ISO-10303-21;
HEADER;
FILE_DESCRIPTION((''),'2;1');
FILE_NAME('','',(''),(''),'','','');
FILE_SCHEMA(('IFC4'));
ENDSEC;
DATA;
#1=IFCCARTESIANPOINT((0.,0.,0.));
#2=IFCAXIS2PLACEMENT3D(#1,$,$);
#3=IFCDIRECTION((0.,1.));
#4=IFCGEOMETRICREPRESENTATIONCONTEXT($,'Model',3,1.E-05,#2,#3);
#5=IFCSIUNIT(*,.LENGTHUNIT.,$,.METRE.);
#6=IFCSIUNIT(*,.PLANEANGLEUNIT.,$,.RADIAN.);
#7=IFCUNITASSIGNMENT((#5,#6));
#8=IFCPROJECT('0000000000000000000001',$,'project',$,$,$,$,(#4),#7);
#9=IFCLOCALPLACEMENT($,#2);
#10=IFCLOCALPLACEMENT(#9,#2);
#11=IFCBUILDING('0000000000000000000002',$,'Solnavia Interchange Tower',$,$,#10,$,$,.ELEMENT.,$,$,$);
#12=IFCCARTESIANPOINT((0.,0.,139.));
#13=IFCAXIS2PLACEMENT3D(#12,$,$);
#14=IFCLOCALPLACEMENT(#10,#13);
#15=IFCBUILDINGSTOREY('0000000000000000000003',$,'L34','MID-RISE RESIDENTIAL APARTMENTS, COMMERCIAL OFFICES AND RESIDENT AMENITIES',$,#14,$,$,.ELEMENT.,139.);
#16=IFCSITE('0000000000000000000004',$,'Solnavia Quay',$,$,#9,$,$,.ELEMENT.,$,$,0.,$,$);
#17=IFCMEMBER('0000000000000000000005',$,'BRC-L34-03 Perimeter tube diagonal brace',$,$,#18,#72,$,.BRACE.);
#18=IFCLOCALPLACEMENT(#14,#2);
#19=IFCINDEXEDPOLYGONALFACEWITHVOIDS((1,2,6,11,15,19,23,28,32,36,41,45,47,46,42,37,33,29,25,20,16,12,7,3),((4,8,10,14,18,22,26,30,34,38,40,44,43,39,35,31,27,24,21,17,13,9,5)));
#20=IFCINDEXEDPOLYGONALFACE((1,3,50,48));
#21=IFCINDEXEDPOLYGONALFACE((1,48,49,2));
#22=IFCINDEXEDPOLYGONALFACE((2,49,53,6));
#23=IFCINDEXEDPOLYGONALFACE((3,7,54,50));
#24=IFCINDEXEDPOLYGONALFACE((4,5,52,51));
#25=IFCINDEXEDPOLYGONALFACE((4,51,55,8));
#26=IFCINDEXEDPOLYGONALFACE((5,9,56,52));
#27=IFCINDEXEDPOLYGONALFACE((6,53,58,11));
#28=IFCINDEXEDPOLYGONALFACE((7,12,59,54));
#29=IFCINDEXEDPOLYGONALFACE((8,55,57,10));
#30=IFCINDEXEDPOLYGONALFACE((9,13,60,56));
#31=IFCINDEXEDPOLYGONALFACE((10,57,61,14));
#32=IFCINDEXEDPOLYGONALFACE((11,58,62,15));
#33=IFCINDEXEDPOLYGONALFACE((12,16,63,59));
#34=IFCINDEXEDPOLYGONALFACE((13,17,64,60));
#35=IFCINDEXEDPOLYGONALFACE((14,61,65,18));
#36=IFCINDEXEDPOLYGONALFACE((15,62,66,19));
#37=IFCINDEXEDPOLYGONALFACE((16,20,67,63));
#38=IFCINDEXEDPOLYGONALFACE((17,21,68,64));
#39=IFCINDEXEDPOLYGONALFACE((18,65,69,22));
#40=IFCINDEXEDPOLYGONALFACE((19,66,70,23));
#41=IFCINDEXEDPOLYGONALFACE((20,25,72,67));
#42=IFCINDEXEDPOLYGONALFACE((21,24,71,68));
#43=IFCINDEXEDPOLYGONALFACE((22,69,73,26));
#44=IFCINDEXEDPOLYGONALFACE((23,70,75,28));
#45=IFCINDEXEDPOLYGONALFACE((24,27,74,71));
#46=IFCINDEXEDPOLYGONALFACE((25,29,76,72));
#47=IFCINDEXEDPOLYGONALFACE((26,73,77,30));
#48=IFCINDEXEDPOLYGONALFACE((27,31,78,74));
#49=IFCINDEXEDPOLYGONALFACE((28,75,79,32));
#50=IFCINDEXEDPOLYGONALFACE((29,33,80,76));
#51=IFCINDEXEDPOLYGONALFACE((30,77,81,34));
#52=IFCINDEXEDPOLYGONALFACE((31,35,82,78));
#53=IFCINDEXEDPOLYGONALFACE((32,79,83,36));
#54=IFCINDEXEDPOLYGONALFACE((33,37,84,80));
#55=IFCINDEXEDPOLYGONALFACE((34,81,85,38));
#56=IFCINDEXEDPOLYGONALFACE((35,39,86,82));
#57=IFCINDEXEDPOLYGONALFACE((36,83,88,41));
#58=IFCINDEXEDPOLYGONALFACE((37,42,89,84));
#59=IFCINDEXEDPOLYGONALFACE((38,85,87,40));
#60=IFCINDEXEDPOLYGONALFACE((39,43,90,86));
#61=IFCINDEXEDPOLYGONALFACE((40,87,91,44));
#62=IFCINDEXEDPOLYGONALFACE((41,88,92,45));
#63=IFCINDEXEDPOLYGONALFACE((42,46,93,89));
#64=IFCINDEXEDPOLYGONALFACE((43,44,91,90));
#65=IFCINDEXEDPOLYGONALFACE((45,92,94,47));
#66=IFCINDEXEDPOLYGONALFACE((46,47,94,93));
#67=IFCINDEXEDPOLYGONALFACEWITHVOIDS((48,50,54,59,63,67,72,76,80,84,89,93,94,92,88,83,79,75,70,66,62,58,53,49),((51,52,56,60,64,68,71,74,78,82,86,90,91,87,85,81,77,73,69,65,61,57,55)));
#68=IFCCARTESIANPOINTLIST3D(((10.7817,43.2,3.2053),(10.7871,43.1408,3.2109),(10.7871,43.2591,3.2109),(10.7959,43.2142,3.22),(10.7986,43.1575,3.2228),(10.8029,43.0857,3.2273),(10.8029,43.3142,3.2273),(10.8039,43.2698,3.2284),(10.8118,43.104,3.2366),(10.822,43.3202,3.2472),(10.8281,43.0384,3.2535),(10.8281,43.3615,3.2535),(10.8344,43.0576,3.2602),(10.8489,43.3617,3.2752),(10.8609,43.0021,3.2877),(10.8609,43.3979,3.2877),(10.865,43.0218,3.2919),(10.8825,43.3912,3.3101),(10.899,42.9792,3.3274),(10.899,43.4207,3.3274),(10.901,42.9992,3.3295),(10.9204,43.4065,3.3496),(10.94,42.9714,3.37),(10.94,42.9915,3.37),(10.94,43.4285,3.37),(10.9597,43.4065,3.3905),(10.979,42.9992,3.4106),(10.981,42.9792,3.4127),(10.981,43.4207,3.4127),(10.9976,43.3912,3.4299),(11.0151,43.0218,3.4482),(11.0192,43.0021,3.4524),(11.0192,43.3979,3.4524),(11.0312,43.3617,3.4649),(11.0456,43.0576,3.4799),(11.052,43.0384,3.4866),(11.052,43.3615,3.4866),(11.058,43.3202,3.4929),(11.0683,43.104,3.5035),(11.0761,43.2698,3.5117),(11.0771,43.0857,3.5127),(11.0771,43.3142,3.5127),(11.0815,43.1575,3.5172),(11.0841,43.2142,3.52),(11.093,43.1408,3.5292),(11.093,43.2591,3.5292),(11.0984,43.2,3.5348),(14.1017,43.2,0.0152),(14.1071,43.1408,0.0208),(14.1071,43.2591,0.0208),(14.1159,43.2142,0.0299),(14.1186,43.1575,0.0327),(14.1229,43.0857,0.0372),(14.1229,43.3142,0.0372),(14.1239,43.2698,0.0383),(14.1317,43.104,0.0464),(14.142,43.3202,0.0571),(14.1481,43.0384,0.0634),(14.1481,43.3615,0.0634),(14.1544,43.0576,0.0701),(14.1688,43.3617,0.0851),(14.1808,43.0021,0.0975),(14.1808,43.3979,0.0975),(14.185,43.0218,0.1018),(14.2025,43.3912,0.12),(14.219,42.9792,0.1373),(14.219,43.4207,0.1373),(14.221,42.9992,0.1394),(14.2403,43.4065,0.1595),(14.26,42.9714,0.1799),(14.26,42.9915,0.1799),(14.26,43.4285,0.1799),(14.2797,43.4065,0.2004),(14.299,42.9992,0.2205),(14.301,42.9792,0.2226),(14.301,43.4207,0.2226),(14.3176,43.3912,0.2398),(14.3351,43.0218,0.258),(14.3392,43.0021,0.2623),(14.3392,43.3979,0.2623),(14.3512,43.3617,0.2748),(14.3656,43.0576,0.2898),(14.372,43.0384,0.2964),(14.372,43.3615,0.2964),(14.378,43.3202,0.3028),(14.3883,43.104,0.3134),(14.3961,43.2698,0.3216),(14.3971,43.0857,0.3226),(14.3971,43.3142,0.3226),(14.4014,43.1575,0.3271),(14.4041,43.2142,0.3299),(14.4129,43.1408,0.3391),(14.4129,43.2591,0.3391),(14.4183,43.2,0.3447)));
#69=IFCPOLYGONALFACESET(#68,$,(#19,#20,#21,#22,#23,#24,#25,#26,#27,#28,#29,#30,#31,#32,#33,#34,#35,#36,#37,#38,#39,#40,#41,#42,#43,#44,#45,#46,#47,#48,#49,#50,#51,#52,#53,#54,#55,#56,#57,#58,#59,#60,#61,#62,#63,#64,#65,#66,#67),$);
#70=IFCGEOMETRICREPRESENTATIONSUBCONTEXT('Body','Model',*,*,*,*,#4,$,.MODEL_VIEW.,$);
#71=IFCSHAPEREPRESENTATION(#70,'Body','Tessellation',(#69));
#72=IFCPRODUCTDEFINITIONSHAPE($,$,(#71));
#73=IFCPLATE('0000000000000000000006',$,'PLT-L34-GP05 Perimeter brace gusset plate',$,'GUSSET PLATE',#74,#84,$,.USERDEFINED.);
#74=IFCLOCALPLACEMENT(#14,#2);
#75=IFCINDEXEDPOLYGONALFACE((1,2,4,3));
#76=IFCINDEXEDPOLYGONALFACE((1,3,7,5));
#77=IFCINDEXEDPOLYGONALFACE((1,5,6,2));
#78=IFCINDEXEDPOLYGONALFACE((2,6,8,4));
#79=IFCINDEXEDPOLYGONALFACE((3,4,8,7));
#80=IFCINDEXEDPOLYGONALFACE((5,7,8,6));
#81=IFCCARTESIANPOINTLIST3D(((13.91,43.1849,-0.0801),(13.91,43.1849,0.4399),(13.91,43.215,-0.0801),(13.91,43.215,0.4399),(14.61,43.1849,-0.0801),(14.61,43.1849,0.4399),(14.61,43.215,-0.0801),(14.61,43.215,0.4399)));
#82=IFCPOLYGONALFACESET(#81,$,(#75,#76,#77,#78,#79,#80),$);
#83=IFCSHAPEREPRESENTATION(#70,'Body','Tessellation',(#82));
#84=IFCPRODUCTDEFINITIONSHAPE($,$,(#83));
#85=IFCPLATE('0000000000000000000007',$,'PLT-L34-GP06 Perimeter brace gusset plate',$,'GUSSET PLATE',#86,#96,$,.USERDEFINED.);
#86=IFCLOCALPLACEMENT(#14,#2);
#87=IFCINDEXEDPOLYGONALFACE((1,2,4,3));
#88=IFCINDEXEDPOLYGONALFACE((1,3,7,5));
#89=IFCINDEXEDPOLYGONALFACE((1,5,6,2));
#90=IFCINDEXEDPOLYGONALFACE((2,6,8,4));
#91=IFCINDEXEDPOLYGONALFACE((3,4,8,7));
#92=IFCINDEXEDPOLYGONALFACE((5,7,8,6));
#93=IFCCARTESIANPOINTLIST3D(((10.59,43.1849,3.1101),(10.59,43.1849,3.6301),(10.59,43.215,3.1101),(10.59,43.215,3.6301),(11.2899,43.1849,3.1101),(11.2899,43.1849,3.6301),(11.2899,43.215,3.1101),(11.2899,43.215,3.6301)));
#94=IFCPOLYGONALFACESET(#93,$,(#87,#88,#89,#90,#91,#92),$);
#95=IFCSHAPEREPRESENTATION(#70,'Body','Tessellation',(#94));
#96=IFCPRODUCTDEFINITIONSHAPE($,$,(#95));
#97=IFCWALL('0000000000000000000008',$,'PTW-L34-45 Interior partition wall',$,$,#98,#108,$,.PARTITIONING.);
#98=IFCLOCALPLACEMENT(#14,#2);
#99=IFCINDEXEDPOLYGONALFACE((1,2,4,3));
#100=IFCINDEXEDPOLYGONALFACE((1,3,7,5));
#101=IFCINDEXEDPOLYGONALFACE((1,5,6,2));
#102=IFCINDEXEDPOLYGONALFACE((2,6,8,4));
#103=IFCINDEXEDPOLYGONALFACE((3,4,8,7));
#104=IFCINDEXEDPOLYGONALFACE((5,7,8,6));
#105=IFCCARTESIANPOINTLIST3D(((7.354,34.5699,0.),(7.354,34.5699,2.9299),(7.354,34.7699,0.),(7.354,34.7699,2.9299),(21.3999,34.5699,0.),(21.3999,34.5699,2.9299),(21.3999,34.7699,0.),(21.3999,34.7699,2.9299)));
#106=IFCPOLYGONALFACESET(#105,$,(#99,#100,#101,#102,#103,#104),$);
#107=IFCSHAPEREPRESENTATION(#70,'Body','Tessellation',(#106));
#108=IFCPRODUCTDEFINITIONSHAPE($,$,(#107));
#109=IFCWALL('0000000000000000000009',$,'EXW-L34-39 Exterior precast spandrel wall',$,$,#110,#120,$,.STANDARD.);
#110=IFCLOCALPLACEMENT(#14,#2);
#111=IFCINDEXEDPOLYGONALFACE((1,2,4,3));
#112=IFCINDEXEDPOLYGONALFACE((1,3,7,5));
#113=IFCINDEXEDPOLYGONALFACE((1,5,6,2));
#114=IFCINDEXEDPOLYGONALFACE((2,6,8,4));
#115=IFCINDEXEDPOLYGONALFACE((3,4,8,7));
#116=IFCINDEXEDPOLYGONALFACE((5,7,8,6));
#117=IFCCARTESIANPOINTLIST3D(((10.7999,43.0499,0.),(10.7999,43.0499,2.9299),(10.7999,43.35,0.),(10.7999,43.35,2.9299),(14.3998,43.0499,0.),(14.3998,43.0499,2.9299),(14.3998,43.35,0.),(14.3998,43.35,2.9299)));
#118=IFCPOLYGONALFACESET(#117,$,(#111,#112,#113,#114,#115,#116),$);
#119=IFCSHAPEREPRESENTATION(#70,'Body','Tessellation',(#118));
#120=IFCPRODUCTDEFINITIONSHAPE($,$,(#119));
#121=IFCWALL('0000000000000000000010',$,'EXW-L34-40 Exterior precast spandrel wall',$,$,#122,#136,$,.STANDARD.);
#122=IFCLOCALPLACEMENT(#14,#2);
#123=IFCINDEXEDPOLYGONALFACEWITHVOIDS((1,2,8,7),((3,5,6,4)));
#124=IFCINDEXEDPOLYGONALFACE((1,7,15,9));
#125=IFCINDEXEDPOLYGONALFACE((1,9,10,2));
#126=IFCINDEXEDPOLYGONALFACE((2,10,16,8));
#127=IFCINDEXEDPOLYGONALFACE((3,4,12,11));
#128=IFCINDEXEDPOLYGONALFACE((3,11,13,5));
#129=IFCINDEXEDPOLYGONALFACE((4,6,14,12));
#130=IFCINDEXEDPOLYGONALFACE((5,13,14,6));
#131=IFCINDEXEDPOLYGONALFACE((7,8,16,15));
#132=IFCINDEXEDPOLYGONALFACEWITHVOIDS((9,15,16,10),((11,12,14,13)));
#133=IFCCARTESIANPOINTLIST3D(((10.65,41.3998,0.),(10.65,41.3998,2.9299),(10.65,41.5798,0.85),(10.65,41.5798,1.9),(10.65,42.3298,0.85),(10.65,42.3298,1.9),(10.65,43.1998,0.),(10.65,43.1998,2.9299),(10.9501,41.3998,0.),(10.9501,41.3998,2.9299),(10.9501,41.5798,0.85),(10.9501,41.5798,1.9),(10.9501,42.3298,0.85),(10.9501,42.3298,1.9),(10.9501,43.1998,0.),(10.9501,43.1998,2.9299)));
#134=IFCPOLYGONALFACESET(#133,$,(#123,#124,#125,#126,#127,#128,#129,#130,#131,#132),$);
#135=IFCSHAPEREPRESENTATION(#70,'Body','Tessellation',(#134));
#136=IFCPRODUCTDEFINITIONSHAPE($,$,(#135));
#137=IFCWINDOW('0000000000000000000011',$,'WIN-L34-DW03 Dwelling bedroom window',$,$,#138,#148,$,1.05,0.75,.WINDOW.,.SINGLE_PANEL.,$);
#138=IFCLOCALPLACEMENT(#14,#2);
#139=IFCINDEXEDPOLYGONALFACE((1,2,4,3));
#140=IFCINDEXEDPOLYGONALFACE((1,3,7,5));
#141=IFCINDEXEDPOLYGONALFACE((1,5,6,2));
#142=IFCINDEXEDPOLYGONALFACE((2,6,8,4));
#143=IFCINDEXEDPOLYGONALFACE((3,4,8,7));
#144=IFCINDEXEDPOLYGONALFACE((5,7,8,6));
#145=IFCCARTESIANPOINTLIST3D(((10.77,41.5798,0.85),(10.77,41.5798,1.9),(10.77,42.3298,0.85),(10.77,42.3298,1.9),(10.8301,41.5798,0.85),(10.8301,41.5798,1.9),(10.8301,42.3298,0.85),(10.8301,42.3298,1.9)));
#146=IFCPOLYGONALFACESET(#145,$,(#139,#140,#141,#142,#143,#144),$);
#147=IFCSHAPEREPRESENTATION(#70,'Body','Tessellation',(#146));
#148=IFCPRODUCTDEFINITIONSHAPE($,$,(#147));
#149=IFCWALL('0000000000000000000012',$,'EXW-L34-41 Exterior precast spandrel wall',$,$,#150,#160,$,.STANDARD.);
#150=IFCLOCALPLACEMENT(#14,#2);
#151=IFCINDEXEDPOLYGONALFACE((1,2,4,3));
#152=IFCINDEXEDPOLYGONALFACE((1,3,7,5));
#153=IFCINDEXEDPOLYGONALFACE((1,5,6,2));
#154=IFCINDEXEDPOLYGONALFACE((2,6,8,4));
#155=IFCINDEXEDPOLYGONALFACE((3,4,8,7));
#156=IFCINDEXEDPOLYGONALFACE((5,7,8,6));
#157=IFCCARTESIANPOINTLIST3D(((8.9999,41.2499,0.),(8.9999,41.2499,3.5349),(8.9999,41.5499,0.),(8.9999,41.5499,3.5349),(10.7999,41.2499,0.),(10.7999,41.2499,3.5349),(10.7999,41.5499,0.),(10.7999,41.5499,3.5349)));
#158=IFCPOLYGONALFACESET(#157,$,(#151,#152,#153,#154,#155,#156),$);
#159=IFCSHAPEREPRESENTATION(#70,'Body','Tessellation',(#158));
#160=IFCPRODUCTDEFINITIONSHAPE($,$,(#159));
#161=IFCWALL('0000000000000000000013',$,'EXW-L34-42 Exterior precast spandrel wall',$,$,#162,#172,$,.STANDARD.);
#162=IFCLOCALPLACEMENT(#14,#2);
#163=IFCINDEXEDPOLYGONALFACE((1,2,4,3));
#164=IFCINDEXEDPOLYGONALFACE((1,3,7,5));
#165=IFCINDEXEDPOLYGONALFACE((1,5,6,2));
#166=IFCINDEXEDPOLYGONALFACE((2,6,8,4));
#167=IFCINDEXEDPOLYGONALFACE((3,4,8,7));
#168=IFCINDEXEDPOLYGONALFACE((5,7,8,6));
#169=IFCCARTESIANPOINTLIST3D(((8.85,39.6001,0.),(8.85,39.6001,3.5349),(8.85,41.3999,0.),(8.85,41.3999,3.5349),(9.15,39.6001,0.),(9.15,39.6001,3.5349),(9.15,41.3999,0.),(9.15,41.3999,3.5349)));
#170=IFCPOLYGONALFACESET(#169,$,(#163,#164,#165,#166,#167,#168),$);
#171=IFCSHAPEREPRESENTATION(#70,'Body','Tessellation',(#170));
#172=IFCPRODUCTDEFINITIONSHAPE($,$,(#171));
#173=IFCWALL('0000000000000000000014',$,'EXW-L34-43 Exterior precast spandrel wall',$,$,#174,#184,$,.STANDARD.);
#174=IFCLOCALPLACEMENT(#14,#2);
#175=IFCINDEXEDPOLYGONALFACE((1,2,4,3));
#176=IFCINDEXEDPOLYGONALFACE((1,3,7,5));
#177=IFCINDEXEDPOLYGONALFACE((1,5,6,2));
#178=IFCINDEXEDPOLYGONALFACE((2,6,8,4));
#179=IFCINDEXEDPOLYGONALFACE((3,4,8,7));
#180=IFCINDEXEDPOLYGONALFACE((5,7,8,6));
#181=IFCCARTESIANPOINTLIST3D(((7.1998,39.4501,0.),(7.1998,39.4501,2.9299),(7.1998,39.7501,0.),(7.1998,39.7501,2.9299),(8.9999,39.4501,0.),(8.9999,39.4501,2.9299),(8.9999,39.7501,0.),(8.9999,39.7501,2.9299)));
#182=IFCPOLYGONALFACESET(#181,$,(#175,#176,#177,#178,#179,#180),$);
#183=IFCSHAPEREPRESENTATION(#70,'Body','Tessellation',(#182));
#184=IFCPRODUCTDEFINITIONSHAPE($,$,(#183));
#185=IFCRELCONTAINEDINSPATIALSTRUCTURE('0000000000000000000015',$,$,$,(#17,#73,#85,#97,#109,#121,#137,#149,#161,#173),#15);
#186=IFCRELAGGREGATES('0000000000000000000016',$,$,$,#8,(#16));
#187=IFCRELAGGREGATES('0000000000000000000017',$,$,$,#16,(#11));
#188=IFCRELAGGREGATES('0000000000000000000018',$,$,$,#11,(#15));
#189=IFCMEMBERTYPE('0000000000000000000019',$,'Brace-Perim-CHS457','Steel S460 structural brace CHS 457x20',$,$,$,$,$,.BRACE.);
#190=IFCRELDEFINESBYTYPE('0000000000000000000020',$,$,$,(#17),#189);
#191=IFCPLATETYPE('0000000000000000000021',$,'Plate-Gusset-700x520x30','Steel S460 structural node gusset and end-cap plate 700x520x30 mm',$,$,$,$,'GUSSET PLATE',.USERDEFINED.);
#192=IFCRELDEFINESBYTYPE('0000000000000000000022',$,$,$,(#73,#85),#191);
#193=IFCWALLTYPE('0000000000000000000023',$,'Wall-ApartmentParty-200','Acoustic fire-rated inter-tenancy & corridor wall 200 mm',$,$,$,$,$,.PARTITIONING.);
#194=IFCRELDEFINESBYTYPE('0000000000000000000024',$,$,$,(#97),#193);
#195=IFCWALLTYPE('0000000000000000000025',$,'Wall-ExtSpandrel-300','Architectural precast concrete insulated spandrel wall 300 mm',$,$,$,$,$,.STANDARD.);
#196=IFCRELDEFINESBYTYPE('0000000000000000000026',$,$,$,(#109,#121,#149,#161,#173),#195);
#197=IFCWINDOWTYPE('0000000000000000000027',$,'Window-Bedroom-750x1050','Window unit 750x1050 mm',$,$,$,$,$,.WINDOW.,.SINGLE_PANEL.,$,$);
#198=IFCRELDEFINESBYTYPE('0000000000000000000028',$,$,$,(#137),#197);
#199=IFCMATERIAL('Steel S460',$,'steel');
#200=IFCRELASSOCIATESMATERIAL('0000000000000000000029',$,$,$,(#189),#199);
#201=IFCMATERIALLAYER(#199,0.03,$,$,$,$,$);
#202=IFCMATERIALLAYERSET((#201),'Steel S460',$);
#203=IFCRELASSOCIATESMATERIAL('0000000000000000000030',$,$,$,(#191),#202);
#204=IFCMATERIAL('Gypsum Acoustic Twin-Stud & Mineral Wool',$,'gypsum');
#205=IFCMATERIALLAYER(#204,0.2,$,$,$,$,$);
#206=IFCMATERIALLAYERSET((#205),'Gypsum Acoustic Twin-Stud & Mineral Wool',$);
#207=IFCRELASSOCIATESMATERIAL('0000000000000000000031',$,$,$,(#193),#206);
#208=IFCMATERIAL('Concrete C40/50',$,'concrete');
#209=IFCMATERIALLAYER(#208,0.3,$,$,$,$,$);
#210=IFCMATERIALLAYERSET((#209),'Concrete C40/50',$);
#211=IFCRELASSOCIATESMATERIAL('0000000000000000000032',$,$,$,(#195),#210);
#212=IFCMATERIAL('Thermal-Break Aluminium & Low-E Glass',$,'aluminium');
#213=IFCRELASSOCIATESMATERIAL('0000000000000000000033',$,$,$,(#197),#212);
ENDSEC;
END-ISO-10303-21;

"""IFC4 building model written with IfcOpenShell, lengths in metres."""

from ifc_helpers import new_model, si_unit, direction, frame, frame_2d, origin, origin_2d, place, context, subcontext, project, spatial, rectangle, hollow_circle, extrude, material, layer, layer_set, material_profile, profile_set, type_object, element, fill, save


model = new_model("IFC4")

# Units and contexts
model_context = context("Model", 3, precision=1e-05, world=origin(), true_north=direction((0.0, 1.0)))
body_context = subcontext(model_context, "Body", "Model", "MODEL_VIEW")
ifc_project = project(units=[si_unit("LENGTHUNIT", "METRE"), si_unit("PLANEANGLEUNIT", "RADIAN")], contexts=[model_context])

# Site, building, storey
site_placement = place(None, origin())
site = spatial("IfcSite", under=ifc_project, at=site_placement, Name="Solnavia Quay", CompositionType="ELEMENT", RefElevation=0.0)
building_placement = place(site_placement, origin())
building = spatial("IfcBuilding", under=site, at=building_placement, Name="Solnavia Interchange Tower", CompositionType="ELEMENT")
storey_placement = place(building_placement, frame((0.0, 0.0, 139.0)))
storey = spatial("IfcBuildingStorey", under=building, at=storey_placement, Name="L34", Description="MID-RISE RESIDENTIAL APARTMENTS, COMMERCIAL OFFICES AND RESIDENT AMENITIES", CompositionType="ELEMENT", Elevation=139.0)

# Shared definitions
ifc_material_1 = material(Name="Steel S460", Category="steel")

# Member
ifc_material_profile_1 = material_profile(ifc_material_1, hollow_circle(Radius=0.2285, WallThickness=0.02, at=origin_2d()), Name="CHS 457x20")
ifc_profile_set_1 = profile_set([ifc_material_profile_1], Name="Steel S460")
member_type = type_object("IfcMemberType", Name="Brace-Perim-CHS457", Description="Steel S460 structural brace CHS 457x20", PredefinedType="BRACE", material=ifc_profile_set_1)
member_placement = place(storey_placement, frame((14.26, 43.2, 0.1799), z_axis=(-0.72107, 0.0, 0.692862), x_axis=(0.0, -1.0, 0.0)))
element("IfcMember", 1, at=member_placement, inside=storey, type_object=member_type, Name="BRC-L34-03 Perimeter tube diagonal brace", PredefinedType="BRACE", context=body_context, shape_type="SweptSolid", body=[
    extrude(hollow_circle(Radius=0.2285, WallThickness=0.02, at=origin_2d()), origin(), (0.0, 0.0, 1.0), 4.6042),
])

# Plates
ifc_layer_1 = layer(ifc_material_1, 0.03)
ifc_layer_set_1 = layer_set([ifc_layer_1], Name="Steel S460")
plate_type = type_object("IfcPlateType", Name="Plate-Gusset-700x520x30", Description="Steel S460 structural node gusset and end-cap plate 700x520x30 mm", ElementType="GUSSET PLATE", PredefinedType="USERDEFINED", material=ifc_layer_set_1)
for number, where, z_axis, x_axis, name in (
    (2, (14.26, 43.2, -0.0801), (0.0, 0.0, 1.0), (-1.0, 0.0, 0.0), "PLT-L34-GP05 Perimeter brace gusset plate"),
    (3, (10.9399, 43.2, 3.1101), (0.0, 0.0, 1.0), (-1.0, 0.0, 0.0), "PLT-L34-GP06 Perimeter brace gusset plate"),
):
    element("IfcPlate", number, at=place(storey_placement, frame(where, z_axis=z_axis, x_axis=x_axis)), inside=storey, type_object=plate_type, Name=name, ObjectType="GUSSET PLATE", PredefinedType="USERDEFINED", context=body_context, shape_type="SweptSolid", body=[
        extrude(rectangle(XDim=0.7, YDim=0.03, at=origin_2d()), origin(), (0.0, 0.0, 1.0), 0.52),
    ])

# Walls
ifc_material_2 = material(Name="Gypsum Acoustic Twin-Stud & Mineral Wool", Category="gypsum")
ifc_layer_2 = layer(ifc_material_2, 0.2)
ifc_layer_set_2 = layer_set([ifc_layer_2], Name="Gypsum Acoustic Twin-Stud & Mineral Wool")
wall_type_1 = type_object("IfcWallType", Name="Wall-ApartmentParty-200", Description="Acoustic fire-rated inter-tenancy & corridor wall 200 mm", PredefinedType="PARTITIONING", material=ifc_layer_set_2)
wall_1_placement = place(storey_placement, frame((7.354, 34.6699, 0.0), z_axis=(0.0, 0.0, 1.0), x_axis=(1.0, 0.0, 0.0)))
element("IfcWall", 4, at=wall_1_placement, inside=storey, type_object=wall_type_1, Name="PTW-L34-45 Interior partition wall", PredefinedType="PARTITIONING", context=body_context, shape_type="SweptSolid", body=[
    extrude(rectangle(XDim=14.0459, YDim=0.2, at=frame_2d((7.0229, 0.0))), origin(), (0.0, 0.0, 1.0), 2.9299),
])
ifc_material_3 = material(Name="Concrete C40/50", Category="concrete")
ifc_layer_3 = layer(ifc_material_3, 0.3)
ifc_layer_set_3 = layer_set([ifc_layer_3], Name="Concrete C40/50")
wall_type_2 = type_object("IfcWallType", Name="Wall-ExtSpandrel-300", Description="Architectural precast concrete insulated spandrel wall 300 mm", PredefinedType="STANDARD", material=ifc_layer_set_3)
wall_2_placement = place(storey_placement, frame((10.8, 43.2, 0.0), z_axis=(0.0, 0.0, 1.0), x_axis=(1.0, 0.0, 0.0)))
element("IfcWall", 5, at=wall_2_placement, inside=storey, type_object=wall_type_2, Name="EXW-L34-39 Exterior precast spandrel wall", PredefinedType="STANDARD", context=body_context, shape_type="SweptSolid", body=[
    extrude(rectangle(XDim=3.5999, YDim=0.3, at=frame_2d((1.7998, 0.0))), origin(), (0.0, 0.0, 1.0), 2.9299),
])

# Wall, opening, window
wall_3_placement = place(storey_placement, frame((10.8, 41.3999, 0.0), z_axis=(0.0, 0.0, 1.0), x_axis=(0.0, 1.0, 0.0)))
wall_3 = element("IfcWall", 6, at=wall_3_placement, inside=storey, type_object=wall_type_2, Name="EXW-L34-40 Exterior precast spandrel wall", PredefinedType="STANDARD", context=body_context, shape_type="SweptSolid", body=[
    extrude(rectangle(XDim=1.8, YDim=0.3, at=frame_2d((0.8999, 0.0))), origin(), (0.0, 0.0, 1.0), 2.9299),
])
opening_1_placement = place(wall_3_placement, frame((0.1799, 0.0, 0.8501)))
opening_1 = element("IfcOpeningElement", 7, at=opening_1_placement, cuts=wall_3, PredefinedType="OPENING", context=body_context, shape_type="SweptSolid", body=[
    extrude(rectangle(XDim=0.75, YDim=1.05, at=frame_2d((0.375, 0.5249))), frame((0.0, 0.1602, 0.0), z_axis=(0.0, -1.0, 0.0), x_axis=(1.0, 0.0, 0.0)), (0.0, 0.0, 1.0), 0.3201),
])
ifc_material_4 = material(Name="Thermal-Break Aluminium & Low-E Glass", Category="aluminium")
window_type = type_object("IfcWindowType", Name="Window-Bedroom-750x1050", Description="Window unit 750x1050 mm", PartitioningType="SINGLE_PANEL", PredefinedType="WINDOW", material=ifc_material_4)
window_placement = place(opening_1_placement, origin())
window = element("IfcWindow", 8, at=window_placement, inside=storey, type_object=window_type, Name="WIN-L34-DW03 Dwelling bedroom window", OverallHeight=1.05, OverallWidth=0.75, PartitioningType="SINGLE_PANEL", PredefinedType="WINDOW", context=body_context, shape_type="SweptSolid", body=[
    extrude(rectangle(XDim=0.75, YDim=1.05, at=frame_2d((0.375, 0.5249))), frame((0.0, 0.03, 0.0), z_axis=(0.0, -1.0, 0.0), x_axis=(1.0, 0.0, 0.0)), (0.0, 0.0, 1.0), 0.0601),
])
fill(opening_1, window)

# Walls
wall_4_placement = place(storey_placement, frame((9.0, 41.3999, 0.0), z_axis=(0.0, 0.0, 1.0), x_axis=(1.0, 0.0, 0.0)))
element("IfcWall", 9, at=wall_4_placement, inside=storey, type_object=wall_type_2, Name="EXW-L34-41 Exterior precast spandrel wall", PredefinedType="STANDARD", context=body_context, shape_type="SweptSolid", body=[
    extrude(rectangle(XDim=1.8, YDim=0.3, at=frame_2d((0.8999, 0.0))), origin(), (0.0, 0.0, 1.0), 3.5349),
])
wall_5_placement = place(storey_placement, frame((9.0, 39.6001, 0.0), z_axis=(0.0, 0.0, 1.0), x_axis=(0.0, 1.0, 0.0)))
element("IfcWall", 10, at=wall_5_placement, inside=storey, type_object=wall_type_2, Name="EXW-L34-42 Exterior precast spandrel wall", PredefinedType="STANDARD", context=body_context, shape_type="SweptSolid", body=[
    extrude(rectangle(XDim=1.7998, YDim=0.3, at=frame_2d((0.8999, 0.0))), origin(), (0.0, 0.0, 1.0), 3.5349),
])
wall_6_placement = place(storey_placement, frame((7.2, 39.6001, 0.0), z_axis=(0.0, 0.0, 1.0), x_axis=(1.0, 0.0, 0.0)))
element("IfcWall", 11, at=wall_6_placement, inside=storey, type_object=wall_type_2, Name="EXW-L34-43 Exterior precast spandrel wall", PredefinedType="STANDARD", context=body_context, shape_type="SweptSolid", body=[
    extrude(rectangle(XDim=1.8, YDim=0.3, at=frame_2d((0.8999, 0.0))), origin(), (0.0, 0.0, 1.0), 2.9299),
])

save(model, "model.ifc")
